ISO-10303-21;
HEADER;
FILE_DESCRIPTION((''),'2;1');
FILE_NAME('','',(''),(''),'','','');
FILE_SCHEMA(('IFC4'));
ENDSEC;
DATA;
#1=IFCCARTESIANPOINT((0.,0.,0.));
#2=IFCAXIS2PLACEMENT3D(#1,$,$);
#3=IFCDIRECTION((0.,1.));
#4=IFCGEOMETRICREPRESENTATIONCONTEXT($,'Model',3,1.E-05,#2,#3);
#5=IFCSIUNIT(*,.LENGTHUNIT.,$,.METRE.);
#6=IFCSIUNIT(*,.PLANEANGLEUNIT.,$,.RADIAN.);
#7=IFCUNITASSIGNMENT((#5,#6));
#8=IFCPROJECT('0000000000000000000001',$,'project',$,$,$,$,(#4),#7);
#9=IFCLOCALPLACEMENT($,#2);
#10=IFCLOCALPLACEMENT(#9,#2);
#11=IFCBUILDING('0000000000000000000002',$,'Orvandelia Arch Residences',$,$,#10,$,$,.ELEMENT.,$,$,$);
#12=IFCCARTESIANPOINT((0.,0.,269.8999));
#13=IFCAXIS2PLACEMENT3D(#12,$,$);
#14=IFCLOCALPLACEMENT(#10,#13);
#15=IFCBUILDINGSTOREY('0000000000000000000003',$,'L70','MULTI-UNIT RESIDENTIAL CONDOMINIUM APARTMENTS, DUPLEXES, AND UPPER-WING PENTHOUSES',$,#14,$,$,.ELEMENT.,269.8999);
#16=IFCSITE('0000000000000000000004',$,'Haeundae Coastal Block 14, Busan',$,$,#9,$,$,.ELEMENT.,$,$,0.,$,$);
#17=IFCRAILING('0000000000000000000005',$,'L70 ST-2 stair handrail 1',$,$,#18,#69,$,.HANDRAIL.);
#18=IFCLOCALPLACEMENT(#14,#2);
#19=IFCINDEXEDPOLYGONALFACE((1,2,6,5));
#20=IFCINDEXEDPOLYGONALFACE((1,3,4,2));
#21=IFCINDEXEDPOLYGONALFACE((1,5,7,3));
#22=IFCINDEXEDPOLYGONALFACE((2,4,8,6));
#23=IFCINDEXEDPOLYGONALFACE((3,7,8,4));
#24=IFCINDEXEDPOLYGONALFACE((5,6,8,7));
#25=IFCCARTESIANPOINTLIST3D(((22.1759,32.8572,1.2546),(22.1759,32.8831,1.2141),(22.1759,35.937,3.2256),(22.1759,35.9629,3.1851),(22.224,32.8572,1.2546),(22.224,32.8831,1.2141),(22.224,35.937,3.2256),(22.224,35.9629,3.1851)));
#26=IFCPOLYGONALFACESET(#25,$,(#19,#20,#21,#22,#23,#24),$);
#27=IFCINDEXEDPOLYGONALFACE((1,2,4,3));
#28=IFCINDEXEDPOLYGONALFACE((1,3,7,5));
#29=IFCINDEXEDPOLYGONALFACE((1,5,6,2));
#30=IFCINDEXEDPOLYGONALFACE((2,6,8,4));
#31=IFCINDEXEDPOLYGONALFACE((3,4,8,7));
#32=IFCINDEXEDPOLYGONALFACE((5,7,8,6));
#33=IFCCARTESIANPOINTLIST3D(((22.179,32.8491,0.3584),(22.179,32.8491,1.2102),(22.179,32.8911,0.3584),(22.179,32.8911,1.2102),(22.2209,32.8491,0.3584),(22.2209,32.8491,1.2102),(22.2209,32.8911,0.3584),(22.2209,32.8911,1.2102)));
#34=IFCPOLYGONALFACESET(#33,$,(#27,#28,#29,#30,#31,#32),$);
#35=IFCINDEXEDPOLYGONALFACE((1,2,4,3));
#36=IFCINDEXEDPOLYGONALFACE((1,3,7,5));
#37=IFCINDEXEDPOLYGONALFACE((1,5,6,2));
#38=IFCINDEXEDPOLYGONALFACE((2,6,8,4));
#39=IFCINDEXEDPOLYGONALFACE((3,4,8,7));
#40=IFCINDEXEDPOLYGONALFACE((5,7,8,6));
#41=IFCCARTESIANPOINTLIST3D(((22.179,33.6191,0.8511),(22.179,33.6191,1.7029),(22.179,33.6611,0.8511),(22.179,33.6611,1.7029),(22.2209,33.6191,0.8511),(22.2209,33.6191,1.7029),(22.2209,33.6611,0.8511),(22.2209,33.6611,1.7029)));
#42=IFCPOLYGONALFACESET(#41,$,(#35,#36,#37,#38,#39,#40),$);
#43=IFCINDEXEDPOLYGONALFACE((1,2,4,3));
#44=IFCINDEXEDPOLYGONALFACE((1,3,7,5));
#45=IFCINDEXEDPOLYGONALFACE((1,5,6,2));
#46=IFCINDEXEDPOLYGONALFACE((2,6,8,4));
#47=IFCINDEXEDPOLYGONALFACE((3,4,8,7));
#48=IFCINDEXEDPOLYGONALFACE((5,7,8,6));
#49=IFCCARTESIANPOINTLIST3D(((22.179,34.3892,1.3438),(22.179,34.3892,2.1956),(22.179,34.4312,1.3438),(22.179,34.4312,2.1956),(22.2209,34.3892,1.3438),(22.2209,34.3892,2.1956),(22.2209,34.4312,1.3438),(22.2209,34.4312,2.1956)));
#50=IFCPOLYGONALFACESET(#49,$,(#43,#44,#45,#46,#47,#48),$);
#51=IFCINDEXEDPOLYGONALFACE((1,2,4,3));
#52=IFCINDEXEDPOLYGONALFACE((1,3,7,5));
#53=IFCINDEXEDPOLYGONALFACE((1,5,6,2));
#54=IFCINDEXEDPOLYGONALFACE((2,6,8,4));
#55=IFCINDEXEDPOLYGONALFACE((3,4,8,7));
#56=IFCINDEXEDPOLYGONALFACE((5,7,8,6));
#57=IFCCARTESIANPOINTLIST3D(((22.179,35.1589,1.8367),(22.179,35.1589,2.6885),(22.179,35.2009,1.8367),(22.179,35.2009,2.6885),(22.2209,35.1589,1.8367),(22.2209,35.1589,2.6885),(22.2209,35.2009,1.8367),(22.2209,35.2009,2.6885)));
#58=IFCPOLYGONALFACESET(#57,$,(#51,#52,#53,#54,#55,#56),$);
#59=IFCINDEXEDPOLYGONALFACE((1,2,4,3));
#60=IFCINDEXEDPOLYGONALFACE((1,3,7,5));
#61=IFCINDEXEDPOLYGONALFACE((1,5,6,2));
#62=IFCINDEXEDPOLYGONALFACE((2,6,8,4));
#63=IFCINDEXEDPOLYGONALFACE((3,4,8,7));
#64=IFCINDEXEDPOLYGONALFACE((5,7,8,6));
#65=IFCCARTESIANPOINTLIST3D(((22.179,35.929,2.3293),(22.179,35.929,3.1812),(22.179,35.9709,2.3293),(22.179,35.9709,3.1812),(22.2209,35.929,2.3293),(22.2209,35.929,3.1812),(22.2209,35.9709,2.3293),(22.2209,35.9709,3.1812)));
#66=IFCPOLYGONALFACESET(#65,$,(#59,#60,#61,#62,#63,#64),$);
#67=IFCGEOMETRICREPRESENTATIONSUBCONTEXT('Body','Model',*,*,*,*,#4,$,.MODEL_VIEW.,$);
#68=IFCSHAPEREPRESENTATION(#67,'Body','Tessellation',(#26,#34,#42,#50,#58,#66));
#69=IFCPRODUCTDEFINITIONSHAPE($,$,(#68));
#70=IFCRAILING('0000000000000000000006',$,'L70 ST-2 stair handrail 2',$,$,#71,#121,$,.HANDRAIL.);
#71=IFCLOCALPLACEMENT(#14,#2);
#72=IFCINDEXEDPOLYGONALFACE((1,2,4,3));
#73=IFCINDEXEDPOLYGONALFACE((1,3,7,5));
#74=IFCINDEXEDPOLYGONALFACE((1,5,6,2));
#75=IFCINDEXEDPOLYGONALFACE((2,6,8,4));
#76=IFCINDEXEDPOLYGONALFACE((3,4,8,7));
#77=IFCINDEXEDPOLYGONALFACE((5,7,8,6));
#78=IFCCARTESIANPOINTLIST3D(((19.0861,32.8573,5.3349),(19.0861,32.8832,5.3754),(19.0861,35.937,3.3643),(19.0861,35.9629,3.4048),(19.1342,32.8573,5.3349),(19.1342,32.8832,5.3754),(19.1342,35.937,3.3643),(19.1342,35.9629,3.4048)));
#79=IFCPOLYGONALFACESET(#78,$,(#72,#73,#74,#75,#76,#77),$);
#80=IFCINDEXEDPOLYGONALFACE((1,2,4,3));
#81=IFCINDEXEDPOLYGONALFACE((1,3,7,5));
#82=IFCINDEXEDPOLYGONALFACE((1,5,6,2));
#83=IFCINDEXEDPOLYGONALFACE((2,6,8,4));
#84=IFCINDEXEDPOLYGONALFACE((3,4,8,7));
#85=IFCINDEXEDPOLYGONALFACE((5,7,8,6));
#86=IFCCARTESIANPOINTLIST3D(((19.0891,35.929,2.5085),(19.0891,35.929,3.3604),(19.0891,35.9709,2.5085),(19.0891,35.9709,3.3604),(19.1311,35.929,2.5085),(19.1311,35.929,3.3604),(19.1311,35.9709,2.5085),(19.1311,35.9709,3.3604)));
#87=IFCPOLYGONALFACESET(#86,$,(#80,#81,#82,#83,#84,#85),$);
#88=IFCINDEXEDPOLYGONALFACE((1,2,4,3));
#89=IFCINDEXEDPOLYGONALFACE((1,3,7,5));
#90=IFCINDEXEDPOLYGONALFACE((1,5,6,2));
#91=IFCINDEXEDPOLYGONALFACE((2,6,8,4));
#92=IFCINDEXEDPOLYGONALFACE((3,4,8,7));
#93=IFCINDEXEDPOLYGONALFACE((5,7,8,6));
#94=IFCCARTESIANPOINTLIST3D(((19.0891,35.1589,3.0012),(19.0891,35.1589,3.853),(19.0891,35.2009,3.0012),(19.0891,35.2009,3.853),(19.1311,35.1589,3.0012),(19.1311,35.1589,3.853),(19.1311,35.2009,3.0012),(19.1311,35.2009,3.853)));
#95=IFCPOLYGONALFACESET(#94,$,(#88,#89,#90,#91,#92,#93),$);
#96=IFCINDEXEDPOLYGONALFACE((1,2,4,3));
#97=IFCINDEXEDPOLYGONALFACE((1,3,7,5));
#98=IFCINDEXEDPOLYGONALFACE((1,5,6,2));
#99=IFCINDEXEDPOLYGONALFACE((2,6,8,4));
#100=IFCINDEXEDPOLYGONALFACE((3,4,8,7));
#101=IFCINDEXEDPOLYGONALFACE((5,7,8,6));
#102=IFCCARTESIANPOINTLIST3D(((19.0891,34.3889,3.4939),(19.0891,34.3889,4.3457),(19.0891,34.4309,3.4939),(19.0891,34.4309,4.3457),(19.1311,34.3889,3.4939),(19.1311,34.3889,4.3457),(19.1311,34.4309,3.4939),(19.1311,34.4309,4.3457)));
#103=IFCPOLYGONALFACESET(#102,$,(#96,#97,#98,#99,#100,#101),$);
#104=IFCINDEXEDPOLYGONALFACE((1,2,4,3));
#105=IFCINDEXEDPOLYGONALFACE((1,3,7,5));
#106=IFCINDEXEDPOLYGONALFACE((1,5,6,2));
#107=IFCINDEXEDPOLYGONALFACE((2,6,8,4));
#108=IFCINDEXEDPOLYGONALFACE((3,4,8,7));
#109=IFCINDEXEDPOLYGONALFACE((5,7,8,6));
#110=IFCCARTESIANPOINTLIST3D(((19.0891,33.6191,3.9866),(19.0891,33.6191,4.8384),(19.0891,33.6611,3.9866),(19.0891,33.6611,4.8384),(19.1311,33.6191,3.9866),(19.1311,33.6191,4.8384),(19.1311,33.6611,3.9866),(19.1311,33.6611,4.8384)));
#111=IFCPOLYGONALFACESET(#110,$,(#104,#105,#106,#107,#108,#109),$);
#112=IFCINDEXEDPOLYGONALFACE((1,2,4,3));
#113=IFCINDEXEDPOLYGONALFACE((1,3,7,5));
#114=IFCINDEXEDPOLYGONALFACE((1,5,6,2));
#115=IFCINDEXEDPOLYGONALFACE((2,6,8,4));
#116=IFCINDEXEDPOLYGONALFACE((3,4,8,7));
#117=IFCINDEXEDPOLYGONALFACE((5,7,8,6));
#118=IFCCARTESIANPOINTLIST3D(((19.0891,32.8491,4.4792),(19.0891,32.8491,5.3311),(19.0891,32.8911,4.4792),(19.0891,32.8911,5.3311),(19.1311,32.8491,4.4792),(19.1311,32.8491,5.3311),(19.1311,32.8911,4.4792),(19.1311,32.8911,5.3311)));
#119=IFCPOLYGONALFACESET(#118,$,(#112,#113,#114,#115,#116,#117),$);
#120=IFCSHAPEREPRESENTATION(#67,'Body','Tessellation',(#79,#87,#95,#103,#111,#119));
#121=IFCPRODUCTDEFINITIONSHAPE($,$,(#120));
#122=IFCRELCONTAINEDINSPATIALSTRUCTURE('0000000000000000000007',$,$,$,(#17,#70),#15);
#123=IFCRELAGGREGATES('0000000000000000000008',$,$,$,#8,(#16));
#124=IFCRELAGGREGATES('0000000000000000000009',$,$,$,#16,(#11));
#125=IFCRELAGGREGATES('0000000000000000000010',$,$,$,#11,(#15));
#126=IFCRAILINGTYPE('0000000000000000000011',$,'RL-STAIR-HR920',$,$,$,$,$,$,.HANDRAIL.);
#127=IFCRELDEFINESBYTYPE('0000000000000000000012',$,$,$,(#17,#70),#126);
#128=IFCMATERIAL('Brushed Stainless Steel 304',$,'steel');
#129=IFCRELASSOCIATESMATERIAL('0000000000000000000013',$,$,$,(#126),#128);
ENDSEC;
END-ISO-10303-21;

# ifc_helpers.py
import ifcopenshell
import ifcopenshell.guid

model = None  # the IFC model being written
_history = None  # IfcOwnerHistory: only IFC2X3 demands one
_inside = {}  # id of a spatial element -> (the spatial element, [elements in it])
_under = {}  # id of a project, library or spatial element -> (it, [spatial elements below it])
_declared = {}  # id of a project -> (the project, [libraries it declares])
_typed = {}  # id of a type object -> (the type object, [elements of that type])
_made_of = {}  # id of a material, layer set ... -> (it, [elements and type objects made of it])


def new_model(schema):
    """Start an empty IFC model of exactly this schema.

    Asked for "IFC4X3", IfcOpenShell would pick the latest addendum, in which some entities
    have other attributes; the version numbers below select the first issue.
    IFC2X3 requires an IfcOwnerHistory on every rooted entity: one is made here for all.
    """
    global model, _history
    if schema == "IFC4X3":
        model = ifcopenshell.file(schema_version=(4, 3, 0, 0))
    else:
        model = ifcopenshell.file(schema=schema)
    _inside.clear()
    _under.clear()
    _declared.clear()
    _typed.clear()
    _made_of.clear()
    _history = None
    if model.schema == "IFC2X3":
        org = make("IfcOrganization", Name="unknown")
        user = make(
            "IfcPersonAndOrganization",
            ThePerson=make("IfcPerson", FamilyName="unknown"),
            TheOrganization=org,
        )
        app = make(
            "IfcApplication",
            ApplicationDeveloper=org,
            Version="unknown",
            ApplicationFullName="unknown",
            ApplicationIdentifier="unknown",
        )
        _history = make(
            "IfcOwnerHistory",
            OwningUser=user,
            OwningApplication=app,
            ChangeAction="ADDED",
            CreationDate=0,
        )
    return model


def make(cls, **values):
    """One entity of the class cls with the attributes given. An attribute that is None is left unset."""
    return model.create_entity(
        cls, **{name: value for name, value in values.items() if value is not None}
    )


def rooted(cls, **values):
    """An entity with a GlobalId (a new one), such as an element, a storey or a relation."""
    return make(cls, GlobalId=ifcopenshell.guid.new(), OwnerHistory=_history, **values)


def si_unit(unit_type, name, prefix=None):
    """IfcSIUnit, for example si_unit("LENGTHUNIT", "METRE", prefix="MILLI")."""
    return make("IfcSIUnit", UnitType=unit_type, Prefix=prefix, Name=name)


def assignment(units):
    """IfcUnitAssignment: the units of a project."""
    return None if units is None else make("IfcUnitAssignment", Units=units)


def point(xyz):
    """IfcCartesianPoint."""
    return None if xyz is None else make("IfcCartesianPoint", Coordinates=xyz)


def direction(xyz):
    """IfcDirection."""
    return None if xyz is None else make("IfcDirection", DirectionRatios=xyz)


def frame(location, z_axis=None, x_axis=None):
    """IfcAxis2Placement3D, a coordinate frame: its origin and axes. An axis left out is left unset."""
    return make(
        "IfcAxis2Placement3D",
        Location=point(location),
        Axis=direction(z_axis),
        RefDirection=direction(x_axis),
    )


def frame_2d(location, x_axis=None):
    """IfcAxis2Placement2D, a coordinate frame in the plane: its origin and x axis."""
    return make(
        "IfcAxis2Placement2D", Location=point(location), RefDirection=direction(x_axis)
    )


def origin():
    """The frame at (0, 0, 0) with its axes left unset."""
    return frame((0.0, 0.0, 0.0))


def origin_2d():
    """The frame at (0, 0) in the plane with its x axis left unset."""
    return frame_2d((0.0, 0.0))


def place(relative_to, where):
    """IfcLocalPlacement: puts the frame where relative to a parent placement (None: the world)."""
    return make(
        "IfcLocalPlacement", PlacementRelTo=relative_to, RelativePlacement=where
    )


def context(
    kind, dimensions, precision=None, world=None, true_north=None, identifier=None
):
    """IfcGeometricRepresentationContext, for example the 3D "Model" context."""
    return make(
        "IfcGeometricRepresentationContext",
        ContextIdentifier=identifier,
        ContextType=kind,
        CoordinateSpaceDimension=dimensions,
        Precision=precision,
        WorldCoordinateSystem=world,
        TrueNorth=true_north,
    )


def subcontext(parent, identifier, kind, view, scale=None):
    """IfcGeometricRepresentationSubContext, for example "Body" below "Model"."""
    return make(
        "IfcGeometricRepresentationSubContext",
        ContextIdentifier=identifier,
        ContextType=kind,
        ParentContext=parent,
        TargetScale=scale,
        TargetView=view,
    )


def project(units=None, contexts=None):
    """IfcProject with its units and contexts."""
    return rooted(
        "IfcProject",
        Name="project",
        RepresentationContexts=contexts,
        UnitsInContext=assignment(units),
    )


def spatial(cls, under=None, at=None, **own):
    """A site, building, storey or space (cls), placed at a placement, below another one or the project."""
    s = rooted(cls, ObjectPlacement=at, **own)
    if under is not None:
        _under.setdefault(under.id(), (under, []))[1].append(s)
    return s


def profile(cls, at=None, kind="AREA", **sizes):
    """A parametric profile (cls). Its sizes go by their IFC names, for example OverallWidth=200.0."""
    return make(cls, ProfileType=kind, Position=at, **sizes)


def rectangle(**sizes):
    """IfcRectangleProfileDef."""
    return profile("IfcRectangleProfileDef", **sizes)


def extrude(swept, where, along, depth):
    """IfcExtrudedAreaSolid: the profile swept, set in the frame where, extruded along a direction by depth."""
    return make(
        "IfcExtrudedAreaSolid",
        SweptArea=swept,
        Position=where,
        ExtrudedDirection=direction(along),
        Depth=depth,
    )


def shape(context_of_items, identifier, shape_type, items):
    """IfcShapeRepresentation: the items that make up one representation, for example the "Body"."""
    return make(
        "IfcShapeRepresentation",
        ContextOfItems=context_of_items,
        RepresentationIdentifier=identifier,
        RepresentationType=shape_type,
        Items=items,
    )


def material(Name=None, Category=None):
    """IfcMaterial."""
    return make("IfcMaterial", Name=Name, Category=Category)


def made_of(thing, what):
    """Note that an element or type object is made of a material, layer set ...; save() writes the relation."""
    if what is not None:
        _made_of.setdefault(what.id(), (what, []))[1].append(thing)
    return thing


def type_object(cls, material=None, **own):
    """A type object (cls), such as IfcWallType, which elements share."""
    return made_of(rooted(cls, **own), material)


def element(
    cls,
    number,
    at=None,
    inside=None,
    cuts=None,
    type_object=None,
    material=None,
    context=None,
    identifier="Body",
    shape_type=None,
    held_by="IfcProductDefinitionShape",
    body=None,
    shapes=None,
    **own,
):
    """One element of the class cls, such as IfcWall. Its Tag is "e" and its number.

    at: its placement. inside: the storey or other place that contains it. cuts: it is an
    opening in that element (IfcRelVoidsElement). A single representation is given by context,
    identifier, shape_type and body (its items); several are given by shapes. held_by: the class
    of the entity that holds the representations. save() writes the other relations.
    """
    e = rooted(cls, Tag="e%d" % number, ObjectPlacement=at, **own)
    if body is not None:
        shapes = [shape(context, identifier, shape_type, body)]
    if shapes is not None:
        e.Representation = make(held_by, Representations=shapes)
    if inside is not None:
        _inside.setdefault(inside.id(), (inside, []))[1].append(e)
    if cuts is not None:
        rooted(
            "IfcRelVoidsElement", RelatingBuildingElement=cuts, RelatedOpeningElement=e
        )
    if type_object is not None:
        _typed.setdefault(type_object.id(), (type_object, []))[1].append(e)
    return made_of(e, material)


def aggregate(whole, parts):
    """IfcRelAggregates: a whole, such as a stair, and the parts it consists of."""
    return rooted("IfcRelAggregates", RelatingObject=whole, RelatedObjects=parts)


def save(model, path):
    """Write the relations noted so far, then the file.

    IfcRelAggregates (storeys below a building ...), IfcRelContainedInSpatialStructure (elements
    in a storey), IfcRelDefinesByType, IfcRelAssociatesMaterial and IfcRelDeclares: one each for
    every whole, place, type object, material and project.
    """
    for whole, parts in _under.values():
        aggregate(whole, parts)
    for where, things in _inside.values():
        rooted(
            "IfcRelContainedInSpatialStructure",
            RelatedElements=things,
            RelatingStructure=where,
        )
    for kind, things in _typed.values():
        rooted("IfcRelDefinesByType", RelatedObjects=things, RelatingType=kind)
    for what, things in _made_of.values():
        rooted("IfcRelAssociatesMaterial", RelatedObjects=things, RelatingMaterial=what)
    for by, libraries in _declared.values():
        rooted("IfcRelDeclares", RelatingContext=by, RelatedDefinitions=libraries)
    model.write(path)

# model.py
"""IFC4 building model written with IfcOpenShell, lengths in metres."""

from ifc_helpers import new_model, si_unit, direction, frame, origin, origin_2d, place, context, subcontext, project, spatial, rectangle, extrude, material, type_object, element, save


model = new_model("IFC4")

# Units and contexts
model_context = context("Model", 3, precision=1e-05, world=origin(), true_north=direction((0.0, 1.0)))
body_context = subcontext(model_context, "Body", "Model", "MODEL_VIEW")
ifc_project = project(units=[si_unit("LENGTHUNIT", "METRE"), si_unit("PLANEANGLEUNIT", "RADIAN")], contexts=[model_context])

# Site, building, storey
site_placement = place(None, origin())
site = spatial("IfcSite", under=ifc_project, at=site_placement, Name="Haeundae Coastal Block 14, Busan", CompositionType="ELEMENT", RefElevation=0.0)
building_placement = place(site_placement, origin())
building = spatial("IfcBuilding", under=site, at=building_placement, Name="Orvandelia Arch Residences", CompositionType="ELEMENT")
storey_placement = place(building_placement, frame((0.0, 0.0, 269.8999)))
storey = spatial("IfcBuildingStorey", under=building, at=storey_placement, Name="L70", Description="MULTI-UNIT RESIDENTIAL CONDOMINIUM APARTMENTS, DUPLEXES, AND UPPER-WING PENTHOUSES", CompositionType="ELEMENT", Elevation=269.8999)

# Railings
ifc_material_1 = material(Name="Brushed Stainless Steel 304", Category="steel")
railing_type_1 = type_object("IfcRailingType", Name="RL-STAIR-HR920", PredefinedType="HANDRAIL", material=ifc_material_1)
railing_1_placement = place(storey_placement, frame((22.2, 32.8701, 0.3584)))
element("IfcRailing", 1, at=railing_1_placement, inside=storey, type_object=railing_type_1, Name="L70 ST-2 stair handrail 1", PredefinedType="HANDRAIL", context=body_context, shape_type="SweptSolid", body=[
    extrude(rectangle(XDim=0.0481, YDim=0.0481, at=origin_2d()), frame((0.0, 0.0, 0.876), z_axis=(0.0, 0.84229, 0.539025), x_axis=(-1.0, 0.0, 0.0)), (0.0, 0.0, 1.0), 3.6565),
    extrude(rectangle(XDim=0.042, YDim=0.042, at=origin_2d()), origin(), (0.0, 0.0, 1.0), 0.8518),
    extrude(rectangle(XDim=0.042, YDim=0.042, at=origin_2d()), frame((0.0, 0.77, 0.4927)), (0.0, 0.0, 1.0), 0.8518),
    extrude(rectangle(XDim=0.042, YDim=0.042, at=origin_2d()), frame((0.0, 1.54, 0.9854)), (0.0, 0.0, 1.0), 0.8518),
    extrude(rectangle(XDim=0.042, YDim=0.042, at=origin_2d()), frame((0.0, 2.3098, 1.4783)), (0.0, 0.0, 1.0), 0.8518),
    extrude(rectangle(XDim=0.042, YDim=0.042, at=origin_2d()), frame((0.0, 3.0798, 1.9709)), (0.0, 0.0, 1.0), 0.8518),
])
railing_2_placement = place(storey_placement, frame((19.1101, 35.95, 2.5085)))
element("IfcRailing", 2, at=railing_2_placement, inside=storey, type_object=railing_type_1, Name="L70 ST-2 stair handrail 2", PredefinedType="HANDRAIL", context=body_context, shape_type="SweptSolid", body=[
    extrude(rectangle(XDim=0.0481, YDim=0.0481, at=origin_2d()), frame((0.0, 0.0, 0.876), z_axis=(0.0, -0.84232, 0.538978), x_axis=(1.0, 0.0, 0.0)), (0.0, 0.0, 1.0), 3.6562),
    extrude(rectangle(XDim=0.042, YDim=0.042, at=origin_2d()), origin(), (0.0, 0.0, 1.0), 0.8518),
    extrude(rectangle(XDim=0.042, YDim=0.042, at=origin_2d()), frame((0.0, -0.77, 0.4927)), (0.0, 0.0, 1.0), 0.8518),
    extrude(rectangle(XDim=0.042, YDim=0.042, at=origin_2d()), frame((0.0, -1.54, 0.9854)), (0.0, 0.0, 1.0), 0.8518),
    extrude(rectangle(XDim=0.042, YDim=0.042, at=origin_2d()), frame((0.0, -2.3098, 1.478)), (0.0, 0.0, 1.0), 0.8518),
    extrude(rectangle(XDim=0.042, YDim=0.042, at=origin_2d()), frame((0.0, -3.0798, 1.9707)), (0.0, 0.0, 1.0), 0.8518),
])

save(model, "model.ifc")
